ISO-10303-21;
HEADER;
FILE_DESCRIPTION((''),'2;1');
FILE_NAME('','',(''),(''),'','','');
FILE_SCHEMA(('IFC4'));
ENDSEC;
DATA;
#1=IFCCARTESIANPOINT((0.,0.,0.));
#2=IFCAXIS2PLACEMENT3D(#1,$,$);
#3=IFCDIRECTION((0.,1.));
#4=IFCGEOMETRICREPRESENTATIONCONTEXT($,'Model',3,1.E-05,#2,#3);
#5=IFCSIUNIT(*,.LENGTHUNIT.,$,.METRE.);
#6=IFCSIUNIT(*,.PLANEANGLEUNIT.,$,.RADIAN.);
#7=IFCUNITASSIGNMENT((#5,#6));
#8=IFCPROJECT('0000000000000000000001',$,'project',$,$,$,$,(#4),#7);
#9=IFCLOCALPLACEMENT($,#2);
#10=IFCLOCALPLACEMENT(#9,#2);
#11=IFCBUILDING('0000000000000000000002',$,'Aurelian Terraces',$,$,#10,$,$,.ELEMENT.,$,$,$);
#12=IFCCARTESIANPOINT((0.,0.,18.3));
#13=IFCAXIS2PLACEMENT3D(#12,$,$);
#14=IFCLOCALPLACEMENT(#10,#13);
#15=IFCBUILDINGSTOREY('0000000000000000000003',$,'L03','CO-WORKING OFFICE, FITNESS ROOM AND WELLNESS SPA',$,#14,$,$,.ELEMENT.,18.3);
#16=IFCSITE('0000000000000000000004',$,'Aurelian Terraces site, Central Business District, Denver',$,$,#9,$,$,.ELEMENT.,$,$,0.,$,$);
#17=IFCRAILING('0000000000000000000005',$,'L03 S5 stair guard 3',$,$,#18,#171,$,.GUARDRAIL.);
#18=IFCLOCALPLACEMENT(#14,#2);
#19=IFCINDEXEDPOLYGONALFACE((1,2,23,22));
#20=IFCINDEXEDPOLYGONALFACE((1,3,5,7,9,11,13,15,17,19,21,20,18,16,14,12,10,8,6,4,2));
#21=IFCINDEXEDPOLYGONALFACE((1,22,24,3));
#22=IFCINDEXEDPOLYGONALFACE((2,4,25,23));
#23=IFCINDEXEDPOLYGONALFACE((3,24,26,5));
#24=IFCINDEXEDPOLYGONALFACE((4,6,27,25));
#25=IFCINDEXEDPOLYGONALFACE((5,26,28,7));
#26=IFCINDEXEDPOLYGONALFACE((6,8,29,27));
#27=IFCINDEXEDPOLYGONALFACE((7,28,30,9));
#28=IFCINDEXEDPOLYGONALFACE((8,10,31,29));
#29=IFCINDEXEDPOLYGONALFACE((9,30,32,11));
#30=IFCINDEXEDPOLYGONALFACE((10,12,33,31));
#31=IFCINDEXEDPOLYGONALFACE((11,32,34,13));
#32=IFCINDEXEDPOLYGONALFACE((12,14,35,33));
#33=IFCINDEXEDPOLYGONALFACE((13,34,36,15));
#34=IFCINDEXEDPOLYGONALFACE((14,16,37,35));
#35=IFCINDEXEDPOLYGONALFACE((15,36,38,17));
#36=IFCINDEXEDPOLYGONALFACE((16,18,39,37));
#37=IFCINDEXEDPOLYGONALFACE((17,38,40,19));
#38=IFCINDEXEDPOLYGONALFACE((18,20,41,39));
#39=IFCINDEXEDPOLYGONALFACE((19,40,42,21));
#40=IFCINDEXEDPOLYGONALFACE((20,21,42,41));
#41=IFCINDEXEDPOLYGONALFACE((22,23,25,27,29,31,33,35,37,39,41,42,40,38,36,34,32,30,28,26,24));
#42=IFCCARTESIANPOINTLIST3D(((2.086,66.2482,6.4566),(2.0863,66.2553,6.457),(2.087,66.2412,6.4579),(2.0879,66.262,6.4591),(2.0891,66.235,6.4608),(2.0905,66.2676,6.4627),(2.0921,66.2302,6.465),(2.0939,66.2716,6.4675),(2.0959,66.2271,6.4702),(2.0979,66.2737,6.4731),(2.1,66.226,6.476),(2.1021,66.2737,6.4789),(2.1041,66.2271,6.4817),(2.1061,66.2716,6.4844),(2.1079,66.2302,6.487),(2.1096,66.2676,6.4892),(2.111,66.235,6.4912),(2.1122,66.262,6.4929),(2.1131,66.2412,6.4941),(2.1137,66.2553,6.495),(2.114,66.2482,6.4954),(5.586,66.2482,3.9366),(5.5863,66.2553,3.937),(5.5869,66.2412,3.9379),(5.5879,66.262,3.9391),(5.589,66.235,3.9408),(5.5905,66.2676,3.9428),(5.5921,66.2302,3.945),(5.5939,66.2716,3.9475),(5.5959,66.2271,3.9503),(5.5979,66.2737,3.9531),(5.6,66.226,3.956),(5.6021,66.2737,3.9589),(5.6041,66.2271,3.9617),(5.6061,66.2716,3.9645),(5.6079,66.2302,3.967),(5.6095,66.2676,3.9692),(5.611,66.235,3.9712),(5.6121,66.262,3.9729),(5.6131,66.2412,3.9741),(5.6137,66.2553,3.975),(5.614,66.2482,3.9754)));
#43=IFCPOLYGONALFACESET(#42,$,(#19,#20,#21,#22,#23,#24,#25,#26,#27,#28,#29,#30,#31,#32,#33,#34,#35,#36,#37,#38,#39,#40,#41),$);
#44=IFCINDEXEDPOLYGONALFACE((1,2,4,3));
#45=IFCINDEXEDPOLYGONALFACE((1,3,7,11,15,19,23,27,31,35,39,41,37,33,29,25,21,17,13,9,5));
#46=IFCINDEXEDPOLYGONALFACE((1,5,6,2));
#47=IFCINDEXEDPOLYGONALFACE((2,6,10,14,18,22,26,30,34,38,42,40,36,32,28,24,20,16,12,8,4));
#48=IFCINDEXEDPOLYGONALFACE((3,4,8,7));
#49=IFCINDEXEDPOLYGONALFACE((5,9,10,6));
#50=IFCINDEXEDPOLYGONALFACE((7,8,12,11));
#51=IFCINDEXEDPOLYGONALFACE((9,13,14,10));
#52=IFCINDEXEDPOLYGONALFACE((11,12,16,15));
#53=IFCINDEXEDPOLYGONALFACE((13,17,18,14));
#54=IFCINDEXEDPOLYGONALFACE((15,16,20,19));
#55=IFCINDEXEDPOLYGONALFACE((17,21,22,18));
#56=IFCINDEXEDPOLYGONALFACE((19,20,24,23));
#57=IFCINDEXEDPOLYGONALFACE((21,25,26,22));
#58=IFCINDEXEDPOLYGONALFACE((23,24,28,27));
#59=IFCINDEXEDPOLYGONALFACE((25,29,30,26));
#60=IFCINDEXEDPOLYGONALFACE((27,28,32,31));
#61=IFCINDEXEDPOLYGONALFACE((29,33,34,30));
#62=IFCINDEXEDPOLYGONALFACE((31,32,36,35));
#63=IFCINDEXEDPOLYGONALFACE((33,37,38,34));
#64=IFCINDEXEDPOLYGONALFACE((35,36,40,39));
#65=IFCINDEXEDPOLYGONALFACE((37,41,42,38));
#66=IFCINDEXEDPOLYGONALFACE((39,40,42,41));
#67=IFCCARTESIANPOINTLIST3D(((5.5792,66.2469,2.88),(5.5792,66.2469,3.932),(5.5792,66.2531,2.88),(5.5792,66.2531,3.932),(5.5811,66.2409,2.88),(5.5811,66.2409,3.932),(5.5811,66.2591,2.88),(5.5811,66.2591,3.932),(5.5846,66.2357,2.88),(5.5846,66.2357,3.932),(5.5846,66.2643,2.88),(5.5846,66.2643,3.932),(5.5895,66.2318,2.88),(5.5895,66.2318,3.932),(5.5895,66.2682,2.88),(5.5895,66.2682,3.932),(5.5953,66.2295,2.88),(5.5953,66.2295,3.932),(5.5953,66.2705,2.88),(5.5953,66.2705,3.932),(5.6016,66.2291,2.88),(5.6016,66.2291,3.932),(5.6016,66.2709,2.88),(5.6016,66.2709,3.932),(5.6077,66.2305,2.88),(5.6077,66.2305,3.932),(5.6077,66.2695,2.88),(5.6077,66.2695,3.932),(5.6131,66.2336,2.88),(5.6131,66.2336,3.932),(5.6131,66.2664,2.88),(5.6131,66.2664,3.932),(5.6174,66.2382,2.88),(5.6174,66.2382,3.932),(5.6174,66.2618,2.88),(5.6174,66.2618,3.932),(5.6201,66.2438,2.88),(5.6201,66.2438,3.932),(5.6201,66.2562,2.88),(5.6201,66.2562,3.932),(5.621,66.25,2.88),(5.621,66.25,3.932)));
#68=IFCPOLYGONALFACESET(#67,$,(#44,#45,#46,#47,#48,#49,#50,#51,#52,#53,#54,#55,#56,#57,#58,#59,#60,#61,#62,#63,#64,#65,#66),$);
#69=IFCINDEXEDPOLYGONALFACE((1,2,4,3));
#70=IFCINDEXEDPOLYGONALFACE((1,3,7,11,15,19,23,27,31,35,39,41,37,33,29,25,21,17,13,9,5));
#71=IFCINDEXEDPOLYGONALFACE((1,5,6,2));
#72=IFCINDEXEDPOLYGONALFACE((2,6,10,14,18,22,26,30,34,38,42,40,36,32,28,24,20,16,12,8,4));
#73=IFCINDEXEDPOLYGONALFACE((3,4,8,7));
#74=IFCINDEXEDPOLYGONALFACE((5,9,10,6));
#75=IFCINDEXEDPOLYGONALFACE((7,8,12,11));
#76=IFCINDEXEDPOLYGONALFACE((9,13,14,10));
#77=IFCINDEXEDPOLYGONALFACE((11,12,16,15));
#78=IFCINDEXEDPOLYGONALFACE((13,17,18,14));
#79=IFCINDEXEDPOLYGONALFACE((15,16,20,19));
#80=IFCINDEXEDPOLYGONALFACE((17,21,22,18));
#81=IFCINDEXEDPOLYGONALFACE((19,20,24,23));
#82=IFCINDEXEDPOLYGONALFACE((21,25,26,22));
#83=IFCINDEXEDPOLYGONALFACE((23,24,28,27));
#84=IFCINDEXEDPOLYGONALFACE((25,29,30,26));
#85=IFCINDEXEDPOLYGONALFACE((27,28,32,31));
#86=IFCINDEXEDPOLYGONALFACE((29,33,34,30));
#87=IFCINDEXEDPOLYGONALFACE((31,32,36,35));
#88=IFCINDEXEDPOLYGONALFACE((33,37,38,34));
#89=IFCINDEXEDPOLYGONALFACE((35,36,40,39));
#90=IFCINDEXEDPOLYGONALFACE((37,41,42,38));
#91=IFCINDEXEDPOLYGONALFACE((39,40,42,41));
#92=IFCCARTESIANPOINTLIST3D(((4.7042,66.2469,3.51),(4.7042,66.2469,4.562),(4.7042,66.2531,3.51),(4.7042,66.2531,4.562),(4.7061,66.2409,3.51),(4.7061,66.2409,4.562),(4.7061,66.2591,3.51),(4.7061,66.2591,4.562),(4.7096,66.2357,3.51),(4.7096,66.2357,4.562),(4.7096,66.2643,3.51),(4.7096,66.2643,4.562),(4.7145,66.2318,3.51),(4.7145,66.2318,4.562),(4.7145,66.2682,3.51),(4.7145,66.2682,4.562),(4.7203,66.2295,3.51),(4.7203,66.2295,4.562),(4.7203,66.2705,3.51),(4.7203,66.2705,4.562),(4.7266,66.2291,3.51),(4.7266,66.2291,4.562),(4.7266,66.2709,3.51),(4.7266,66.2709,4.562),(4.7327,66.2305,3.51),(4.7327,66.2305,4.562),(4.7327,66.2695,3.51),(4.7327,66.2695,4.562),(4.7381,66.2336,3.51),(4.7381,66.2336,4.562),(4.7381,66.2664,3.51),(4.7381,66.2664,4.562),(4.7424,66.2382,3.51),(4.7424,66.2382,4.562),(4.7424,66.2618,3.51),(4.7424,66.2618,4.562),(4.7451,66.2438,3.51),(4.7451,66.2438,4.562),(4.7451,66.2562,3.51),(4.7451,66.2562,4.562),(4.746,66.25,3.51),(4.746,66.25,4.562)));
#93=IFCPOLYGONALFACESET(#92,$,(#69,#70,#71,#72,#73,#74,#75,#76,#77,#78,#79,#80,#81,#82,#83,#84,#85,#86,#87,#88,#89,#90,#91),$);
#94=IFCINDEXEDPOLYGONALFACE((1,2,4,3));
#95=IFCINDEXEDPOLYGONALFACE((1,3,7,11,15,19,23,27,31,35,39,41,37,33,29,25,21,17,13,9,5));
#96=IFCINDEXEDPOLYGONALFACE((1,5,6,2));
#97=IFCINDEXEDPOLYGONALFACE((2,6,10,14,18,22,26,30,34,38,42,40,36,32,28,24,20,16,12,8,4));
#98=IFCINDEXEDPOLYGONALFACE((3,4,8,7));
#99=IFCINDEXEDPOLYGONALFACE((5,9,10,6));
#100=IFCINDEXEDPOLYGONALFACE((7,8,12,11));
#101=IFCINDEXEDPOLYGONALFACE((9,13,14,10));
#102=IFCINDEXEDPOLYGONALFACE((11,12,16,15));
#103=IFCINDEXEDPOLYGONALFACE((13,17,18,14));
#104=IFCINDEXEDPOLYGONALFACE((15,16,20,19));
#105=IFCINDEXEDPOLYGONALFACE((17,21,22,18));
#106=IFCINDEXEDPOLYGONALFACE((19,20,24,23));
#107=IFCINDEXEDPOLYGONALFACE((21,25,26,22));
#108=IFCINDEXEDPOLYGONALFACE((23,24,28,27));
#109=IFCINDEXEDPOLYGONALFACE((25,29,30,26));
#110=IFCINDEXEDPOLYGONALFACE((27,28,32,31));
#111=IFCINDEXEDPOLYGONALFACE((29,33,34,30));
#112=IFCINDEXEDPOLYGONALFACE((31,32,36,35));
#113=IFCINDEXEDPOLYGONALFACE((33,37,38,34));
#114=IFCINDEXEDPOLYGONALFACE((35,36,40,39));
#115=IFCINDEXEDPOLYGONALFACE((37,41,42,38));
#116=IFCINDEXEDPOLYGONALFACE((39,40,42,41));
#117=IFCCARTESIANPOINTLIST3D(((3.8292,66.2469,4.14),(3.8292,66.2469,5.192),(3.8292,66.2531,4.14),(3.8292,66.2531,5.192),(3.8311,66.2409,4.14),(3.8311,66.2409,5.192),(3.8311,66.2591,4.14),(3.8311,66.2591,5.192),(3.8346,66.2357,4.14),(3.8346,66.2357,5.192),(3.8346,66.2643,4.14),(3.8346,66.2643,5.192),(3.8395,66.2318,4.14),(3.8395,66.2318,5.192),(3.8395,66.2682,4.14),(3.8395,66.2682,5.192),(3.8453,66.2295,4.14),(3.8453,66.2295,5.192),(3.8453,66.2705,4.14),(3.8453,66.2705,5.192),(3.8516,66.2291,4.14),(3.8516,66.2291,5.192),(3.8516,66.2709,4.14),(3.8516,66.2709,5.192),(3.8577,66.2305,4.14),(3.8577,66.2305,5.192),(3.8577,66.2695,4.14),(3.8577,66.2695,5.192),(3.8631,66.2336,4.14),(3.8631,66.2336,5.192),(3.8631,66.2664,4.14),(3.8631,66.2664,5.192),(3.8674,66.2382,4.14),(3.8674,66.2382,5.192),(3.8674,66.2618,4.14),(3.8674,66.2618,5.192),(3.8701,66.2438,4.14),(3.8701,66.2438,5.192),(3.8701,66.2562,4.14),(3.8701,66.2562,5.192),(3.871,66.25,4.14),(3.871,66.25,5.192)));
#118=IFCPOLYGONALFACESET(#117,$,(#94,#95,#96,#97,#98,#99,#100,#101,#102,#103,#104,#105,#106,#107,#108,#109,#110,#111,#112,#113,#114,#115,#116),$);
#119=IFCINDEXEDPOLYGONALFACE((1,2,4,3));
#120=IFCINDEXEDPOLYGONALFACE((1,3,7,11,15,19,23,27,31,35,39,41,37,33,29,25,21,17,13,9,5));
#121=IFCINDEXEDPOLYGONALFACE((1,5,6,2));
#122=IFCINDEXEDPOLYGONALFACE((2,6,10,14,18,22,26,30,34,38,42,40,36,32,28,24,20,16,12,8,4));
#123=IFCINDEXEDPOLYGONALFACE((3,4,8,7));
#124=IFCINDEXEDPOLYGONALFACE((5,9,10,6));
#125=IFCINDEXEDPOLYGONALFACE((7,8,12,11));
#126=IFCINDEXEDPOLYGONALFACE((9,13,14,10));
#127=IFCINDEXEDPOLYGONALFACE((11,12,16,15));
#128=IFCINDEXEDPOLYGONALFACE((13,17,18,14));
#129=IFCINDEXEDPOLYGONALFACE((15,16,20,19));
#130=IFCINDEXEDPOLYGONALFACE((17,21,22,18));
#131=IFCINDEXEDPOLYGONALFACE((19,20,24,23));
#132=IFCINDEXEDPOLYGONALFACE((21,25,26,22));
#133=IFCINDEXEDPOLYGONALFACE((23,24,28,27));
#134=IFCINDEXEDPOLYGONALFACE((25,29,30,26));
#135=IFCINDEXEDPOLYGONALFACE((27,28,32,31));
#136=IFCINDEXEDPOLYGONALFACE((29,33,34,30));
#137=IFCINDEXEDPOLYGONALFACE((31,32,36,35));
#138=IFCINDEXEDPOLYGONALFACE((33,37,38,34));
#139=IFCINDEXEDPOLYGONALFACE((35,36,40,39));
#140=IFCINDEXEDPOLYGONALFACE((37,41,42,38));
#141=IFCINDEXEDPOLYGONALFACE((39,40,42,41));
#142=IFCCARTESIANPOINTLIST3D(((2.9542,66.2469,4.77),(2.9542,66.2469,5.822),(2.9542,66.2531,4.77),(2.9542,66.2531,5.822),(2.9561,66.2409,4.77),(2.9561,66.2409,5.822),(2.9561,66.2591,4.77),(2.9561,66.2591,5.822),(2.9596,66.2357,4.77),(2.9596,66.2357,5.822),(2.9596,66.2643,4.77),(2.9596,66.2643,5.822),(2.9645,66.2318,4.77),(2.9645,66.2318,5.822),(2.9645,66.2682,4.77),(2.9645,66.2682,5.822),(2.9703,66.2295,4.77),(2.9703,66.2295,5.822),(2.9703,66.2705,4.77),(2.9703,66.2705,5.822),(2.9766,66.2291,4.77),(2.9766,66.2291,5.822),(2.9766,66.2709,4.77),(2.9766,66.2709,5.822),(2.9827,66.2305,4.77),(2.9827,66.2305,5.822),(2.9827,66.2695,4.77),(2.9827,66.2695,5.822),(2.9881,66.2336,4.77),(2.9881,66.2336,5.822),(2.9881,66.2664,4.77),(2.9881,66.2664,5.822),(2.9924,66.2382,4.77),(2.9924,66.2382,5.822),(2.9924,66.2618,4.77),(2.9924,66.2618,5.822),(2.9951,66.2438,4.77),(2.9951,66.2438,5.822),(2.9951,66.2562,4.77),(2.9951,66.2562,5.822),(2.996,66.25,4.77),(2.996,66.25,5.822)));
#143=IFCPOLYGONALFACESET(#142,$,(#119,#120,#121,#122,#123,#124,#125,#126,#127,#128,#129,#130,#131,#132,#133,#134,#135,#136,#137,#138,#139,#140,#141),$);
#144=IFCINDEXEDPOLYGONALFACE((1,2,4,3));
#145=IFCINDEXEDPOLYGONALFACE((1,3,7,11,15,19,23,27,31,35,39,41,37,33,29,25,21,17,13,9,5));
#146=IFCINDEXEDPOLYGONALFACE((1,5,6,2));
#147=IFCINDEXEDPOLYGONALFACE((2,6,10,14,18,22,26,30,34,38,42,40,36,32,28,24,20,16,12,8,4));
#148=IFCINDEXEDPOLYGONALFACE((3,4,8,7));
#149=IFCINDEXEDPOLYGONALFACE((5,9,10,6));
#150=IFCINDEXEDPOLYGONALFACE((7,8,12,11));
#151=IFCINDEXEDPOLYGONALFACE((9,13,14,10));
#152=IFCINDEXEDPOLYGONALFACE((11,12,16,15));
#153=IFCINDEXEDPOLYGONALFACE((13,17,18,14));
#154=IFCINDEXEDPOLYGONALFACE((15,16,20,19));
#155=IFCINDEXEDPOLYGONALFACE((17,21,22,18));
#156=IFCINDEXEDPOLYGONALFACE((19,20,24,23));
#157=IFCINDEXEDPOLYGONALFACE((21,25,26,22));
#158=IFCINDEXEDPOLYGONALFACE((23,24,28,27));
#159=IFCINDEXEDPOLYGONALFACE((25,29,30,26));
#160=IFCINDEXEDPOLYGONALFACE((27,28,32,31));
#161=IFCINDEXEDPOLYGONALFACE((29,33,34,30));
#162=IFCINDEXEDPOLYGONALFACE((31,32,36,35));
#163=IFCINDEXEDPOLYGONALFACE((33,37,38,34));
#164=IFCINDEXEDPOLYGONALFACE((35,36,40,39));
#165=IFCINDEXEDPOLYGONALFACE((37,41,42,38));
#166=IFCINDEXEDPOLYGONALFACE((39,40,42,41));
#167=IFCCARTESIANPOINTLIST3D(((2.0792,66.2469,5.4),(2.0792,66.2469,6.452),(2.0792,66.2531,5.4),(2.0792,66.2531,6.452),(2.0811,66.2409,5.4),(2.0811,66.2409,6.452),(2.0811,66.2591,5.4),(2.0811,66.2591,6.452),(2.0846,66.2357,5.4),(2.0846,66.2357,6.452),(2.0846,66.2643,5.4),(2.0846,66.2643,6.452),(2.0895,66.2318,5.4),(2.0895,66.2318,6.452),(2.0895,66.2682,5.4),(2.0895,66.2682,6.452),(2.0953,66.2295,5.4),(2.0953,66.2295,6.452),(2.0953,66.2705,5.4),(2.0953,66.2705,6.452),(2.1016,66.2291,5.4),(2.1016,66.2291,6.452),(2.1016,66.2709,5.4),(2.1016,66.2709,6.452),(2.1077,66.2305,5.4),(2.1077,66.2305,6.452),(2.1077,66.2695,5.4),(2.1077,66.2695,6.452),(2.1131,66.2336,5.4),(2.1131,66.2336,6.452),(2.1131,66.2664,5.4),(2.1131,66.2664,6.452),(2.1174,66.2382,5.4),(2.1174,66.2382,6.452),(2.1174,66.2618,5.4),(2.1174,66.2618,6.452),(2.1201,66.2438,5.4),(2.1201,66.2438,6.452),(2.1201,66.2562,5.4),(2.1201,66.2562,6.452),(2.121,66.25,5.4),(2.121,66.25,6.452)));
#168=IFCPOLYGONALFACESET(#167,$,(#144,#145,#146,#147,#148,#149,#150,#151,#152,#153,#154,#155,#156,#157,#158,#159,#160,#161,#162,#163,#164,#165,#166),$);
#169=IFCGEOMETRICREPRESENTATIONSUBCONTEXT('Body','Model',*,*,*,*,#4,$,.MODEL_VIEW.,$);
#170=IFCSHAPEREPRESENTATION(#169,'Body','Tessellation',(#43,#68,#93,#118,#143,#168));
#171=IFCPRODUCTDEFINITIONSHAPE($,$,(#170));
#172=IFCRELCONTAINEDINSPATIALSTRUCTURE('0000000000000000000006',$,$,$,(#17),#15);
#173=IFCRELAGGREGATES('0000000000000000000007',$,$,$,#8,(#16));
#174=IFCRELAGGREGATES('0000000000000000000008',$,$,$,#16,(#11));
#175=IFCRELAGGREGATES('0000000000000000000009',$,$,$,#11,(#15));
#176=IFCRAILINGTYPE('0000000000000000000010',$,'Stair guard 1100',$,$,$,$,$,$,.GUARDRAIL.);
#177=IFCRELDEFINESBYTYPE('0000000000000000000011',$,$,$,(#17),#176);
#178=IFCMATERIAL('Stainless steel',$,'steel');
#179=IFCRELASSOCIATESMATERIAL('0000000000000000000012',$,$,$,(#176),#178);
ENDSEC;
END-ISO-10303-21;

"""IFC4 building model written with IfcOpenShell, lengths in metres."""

from ifc_helpers import new_model, si_unit, direction, frame, origin, origin_2d, place, context, subcontext, project, spatial, circle, extrude, source, transform, mapped, material, type_object, element, save


model = new_model("IFC4")

# Units and contexts
model_context = context("Model", 3, precision=1e-05, world=origin(), true_north=direction((0.0, 1.0)))
body_context = subcontext(model_context, "Body", "Model", "MODEL_VIEW")
ifc_project = project(units=[si_unit("LENGTHUNIT", "METRE"), si_unit("PLANEANGLEUNIT", "RADIAN")], contexts=[model_context])

# Site, building, storey
site_placement = place(None, origin())
site = spatial("IfcSite", under=ifc_project, at=site_placement, Name="Aurelian Terraces site, Central Business District, Denver", CompositionType="ELEMENT", RefElevation=0.0)
building_placement = place(site_placement, origin())
building = spatial("IfcBuilding", under=site, at=building_placement, Name="Aurelian Terraces", CompositionType="ELEMENT")
storey_placement = place(building_placement, frame((0.0, 0.0, 18.3)))
storey = spatial("IfcBuildingStorey", under=building, at=storey_placement, Name="L03", Description="CO-WORKING OFFICE, FITNESS ROOM AND WELLNESS SPA", CompositionType="ELEMENT", Elevation=18.3)

# Railing
ifc_material_1 = material(Name="Stainless steel", Category="steel")
railing_type_1 = type_object("IfcRailingType", Name="Stair guard 1100", PredefinedType="GUARDRAIL", material=ifc_material_1)
shared_shape_1 = source(origin(), body_context, "Body", "SweptSolid", [
    extrude(circle(Radius=0.024, at=origin_2d()), frame((0.0, 0.0, 1.076), z_axis=(-0.811534, 0.0, 0.584305), x_axis=(0.0, -1.0, 0.0)), (0.0, 0.0, 1.0), 4.3128),
    extrude(circle(Radius=0.021, at=origin_2d()), origin(), (0.0, 0.0, 1.0), 1.052),
    extrude(circle(Radius=0.021, at=origin_2d()), frame((-0.875, 0.0, 0.63)), (0.0, 0.0, 1.0), 1.052),
    extrude(circle(Radius=0.021, at=origin_2d()), frame((-1.75, 0.0, 1.26)), (0.0, 0.0, 1.0), 1.052),
    extrude(circle(Radius=0.021, at=origin_2d()), frame((-2.625, 0.0, 1.89)), (0.0, 0.0, 1.0), 1.052),
    extrude(circle(Radius=0.021, at=origin_2d()), frame((-3.5, 0.0, 2.52)), (0.0, 0.0, 1.0), 1.052),
])
railing_1_placement = place(storey_placement, frame((5.6, 66.25, 2.88)))
element("IfcRailing", 1, at=railing_1_placement, inside=storey, type_object=railing_type_1, Name="L03 S5 stair guard 3", PredefinedType="GUARDRAIL", context=body_context, shape_type="MappedRepresentation", body=[
    mapped(shared_shape_1, transform((0.0, 0.0, 0.0), scale=1.0)),
])

save(model, "model.ifc")
